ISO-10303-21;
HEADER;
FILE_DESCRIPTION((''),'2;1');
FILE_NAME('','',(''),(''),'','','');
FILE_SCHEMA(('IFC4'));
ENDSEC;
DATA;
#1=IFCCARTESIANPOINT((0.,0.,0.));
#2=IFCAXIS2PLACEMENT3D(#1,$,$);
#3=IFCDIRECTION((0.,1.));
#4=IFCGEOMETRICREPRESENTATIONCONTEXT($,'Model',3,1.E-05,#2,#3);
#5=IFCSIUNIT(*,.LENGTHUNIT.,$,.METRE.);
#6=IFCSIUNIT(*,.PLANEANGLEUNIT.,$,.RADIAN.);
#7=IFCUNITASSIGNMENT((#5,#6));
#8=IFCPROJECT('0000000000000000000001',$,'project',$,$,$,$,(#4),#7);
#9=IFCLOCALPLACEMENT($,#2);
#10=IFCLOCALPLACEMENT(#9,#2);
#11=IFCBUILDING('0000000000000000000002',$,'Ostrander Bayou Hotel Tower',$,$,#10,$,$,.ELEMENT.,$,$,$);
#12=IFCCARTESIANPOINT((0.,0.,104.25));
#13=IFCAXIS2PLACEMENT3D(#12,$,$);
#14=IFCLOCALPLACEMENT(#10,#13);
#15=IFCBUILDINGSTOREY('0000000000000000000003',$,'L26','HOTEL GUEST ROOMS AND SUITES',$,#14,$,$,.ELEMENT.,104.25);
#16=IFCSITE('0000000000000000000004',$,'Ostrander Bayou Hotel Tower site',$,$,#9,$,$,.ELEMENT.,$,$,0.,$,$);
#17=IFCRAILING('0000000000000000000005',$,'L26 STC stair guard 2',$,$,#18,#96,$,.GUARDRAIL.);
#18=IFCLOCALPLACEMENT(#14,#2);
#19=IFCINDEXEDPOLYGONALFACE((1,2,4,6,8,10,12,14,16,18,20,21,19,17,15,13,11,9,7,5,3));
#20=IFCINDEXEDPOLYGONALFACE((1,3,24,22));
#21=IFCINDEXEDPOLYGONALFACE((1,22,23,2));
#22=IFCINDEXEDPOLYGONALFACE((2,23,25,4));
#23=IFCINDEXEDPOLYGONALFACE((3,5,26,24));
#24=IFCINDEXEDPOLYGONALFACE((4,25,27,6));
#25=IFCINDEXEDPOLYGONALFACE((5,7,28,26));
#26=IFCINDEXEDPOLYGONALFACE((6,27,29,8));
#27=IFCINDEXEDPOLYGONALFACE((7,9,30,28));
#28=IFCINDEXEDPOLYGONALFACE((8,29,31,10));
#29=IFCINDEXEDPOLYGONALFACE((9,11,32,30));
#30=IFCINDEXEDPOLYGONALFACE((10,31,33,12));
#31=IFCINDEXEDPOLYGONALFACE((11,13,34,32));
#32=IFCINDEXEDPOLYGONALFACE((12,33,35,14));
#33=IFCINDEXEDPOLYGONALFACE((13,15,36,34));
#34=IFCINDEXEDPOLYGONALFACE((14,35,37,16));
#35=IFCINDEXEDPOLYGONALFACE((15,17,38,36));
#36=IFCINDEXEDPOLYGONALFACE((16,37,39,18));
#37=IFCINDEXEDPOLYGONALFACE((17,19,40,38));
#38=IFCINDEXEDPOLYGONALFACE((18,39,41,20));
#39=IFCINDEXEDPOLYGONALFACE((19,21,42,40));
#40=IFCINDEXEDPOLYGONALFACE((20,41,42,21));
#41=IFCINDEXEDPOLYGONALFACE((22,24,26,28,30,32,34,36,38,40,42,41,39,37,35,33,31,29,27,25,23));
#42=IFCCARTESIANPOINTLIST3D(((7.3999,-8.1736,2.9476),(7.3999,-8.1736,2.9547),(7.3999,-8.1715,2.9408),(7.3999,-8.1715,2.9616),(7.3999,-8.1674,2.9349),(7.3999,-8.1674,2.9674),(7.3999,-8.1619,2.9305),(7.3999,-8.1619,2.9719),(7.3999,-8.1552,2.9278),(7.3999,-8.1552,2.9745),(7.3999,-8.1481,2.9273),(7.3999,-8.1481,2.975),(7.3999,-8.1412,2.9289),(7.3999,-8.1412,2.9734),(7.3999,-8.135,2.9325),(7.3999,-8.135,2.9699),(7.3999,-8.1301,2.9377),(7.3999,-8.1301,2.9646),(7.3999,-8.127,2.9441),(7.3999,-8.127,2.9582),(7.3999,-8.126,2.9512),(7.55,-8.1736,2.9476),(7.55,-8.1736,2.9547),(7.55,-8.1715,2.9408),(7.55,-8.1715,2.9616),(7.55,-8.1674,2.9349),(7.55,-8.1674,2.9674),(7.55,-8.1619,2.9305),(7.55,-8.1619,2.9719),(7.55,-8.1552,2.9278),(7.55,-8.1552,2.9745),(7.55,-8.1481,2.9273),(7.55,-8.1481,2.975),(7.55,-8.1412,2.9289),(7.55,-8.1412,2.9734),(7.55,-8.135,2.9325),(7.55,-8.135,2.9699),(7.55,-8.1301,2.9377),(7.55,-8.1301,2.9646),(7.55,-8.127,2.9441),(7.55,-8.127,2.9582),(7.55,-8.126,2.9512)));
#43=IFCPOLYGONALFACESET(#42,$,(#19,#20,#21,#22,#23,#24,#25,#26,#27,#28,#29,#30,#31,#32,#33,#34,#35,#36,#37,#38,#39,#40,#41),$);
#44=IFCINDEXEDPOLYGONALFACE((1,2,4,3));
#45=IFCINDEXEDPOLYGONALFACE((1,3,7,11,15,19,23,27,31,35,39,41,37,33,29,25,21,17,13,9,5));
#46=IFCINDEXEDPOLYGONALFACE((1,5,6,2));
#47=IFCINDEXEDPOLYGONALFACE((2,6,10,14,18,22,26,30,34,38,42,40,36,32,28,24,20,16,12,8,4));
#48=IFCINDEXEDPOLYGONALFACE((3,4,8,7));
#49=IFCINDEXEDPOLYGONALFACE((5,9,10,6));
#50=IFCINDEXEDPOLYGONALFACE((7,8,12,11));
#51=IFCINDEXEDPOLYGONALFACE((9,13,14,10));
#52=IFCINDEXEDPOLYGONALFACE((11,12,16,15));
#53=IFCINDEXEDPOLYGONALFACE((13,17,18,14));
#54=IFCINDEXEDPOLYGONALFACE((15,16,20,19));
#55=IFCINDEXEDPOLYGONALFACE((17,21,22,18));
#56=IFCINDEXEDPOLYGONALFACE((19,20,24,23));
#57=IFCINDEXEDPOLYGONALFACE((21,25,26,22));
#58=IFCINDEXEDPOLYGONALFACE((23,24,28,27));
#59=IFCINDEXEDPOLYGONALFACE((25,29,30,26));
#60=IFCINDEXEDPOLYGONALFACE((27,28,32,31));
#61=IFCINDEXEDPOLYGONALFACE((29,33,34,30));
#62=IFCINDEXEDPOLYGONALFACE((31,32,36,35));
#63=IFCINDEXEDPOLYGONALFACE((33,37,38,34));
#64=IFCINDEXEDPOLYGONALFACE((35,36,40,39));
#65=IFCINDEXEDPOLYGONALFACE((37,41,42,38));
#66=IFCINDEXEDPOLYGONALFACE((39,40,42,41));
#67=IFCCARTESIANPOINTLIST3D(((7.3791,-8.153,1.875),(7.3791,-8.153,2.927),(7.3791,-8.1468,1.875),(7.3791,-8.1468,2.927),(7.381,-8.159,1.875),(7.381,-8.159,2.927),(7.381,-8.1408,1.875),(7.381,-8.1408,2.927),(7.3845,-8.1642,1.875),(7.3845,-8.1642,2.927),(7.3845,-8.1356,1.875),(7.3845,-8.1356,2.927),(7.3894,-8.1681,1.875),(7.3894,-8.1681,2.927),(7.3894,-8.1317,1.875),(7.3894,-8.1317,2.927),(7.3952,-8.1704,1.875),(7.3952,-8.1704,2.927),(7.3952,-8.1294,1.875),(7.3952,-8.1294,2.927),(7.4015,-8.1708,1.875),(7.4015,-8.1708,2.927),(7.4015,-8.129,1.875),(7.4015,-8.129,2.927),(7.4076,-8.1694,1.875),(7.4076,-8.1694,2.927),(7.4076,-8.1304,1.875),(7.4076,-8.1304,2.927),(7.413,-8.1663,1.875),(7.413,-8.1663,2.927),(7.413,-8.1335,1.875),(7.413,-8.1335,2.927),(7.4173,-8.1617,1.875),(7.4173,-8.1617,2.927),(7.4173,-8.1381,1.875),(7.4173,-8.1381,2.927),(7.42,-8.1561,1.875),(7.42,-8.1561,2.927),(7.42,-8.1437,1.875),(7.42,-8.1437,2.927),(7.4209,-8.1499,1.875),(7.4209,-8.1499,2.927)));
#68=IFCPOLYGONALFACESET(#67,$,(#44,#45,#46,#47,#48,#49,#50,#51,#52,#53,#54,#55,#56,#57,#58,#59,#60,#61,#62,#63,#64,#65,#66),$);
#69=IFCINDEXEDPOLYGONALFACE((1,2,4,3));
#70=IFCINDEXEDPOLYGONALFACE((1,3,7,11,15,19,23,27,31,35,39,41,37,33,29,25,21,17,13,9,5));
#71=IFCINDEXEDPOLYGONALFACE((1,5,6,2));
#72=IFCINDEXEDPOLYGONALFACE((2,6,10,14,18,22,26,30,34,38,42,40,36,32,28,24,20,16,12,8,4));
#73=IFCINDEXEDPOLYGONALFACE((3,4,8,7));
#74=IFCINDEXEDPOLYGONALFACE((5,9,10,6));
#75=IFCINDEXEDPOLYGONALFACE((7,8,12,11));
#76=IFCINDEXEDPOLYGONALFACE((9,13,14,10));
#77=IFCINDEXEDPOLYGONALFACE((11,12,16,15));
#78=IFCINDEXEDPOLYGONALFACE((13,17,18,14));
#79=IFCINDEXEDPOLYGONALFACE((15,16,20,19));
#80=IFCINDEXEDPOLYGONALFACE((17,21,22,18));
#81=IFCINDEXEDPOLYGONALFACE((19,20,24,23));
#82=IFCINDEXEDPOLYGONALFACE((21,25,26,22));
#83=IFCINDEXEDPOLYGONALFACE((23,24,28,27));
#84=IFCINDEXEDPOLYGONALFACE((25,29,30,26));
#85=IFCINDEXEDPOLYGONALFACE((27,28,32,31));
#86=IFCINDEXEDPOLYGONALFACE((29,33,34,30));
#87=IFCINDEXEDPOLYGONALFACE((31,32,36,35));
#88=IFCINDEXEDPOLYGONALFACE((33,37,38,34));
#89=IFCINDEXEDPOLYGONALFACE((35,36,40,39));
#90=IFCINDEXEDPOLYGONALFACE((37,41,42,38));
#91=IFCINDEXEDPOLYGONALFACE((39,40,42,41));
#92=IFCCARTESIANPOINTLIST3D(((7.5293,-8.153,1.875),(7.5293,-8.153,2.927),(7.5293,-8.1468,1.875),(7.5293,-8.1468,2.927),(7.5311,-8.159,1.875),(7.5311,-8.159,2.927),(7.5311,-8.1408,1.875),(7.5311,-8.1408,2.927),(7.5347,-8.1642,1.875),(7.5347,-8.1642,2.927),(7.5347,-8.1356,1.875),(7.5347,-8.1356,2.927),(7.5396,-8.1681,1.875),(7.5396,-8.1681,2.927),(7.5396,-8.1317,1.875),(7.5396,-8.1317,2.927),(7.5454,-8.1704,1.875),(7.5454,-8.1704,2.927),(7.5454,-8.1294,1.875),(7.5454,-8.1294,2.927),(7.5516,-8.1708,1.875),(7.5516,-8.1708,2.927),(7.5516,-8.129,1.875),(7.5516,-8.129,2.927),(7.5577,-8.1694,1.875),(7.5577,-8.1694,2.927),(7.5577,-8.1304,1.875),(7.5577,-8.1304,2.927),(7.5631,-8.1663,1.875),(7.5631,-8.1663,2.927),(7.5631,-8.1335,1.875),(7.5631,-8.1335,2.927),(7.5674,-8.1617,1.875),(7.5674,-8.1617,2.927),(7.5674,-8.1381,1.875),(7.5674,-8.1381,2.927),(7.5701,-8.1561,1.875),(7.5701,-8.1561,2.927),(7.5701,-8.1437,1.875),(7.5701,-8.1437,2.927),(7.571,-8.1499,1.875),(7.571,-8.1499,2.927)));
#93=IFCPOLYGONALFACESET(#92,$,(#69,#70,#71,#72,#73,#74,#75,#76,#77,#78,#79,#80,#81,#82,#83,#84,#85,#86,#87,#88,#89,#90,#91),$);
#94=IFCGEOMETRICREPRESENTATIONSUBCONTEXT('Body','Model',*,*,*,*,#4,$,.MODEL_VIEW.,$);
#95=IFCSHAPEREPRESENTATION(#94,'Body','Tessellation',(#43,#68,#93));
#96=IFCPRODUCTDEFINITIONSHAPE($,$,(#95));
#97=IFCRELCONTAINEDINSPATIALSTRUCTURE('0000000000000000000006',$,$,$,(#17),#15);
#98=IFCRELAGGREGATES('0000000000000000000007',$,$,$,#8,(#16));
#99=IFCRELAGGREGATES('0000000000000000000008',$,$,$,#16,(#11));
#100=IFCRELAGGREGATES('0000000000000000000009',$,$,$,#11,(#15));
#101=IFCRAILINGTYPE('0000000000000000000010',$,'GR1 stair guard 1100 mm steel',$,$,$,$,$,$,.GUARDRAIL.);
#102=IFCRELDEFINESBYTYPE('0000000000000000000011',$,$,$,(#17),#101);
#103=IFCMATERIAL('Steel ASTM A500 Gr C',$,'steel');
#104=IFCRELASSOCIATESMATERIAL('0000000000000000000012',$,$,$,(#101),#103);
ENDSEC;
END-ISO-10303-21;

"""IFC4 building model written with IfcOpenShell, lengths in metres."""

from ifc_helpers import new_model, si_unit, direction, frame, origin, origin_2d, place, context, subcontext, project, spatial, circle, extrude, material, type_object, element, save


model = new_model("IFC4")

# Units and contexts
model_context = context("Model", 3, precision=1e-05, world=origin(), true_north=direction((0.0, 1.0)))
body_context = subcontext(model_context, "Body", "Model", "MODEL_VIEW")
ifc_project = project(units=[si_unit("LENGTHUNIT", "METRE"), si_unit("PLANEANGLEUNIT", "RADIAN")], contexts=[model_context])

# Site, building, storey
site_placement = place(None, origin())
site = spatial("IfcSite", under=ifc_project, at=site_placement, Name="Ostrander Bayou Hotel Tower site", CompositionType="ELEMENT", RefElevation=0.0)
building_placement = place(site_placement, origin())
building = spatial("IfcBuilding", under=site, at=building_placement, Name="Ostrander Bayou Hotel Tower", CompositionType="ELEMENT")
storey_placement = place(building_placement, frame((0.0, 0.0, 104.25)))
storey = spatial("IfcBuildingStorey", under=building, at=storey_placement, Name="L26", Description="HOTEL GUEST ROOMS AND SUITES", CompositionType="ELEMENT", Elevation=104.25)

# Railing
ifc_material_1 = material(Name="Steel ASTM A500 Gr C", Category="steel")
railing_type_1 = type_object("IfcRailingType", Name="GR1 stair guard 1100 mm steel", PredefinedType="GUARDRAIL", material=ifc_material_1)
railing_1_placement = place(storey_placement, frame((7.3999, -8.1499, 1.875)))
element("IfcRailing", 1, at=railing_1_placement, inside=storey, type_object=railing_type_1, Name="L26 STC stair guard 2", PredefinedType="GUARDRAIL", context=body_context, shape_type="SweptSolid", body=[
    extrude(circle(Radius=0.0239, at=origin_2d()), frame((0.0, 0.0, 1.0762), z_axis=(1.0, 0.0, 0.0), x_axis=(0.0, 1.0, 0.0)), (0.0, 0.0, 1.0), 0.1501),
    extrude(circle(Radius=0.021, at=origin_2d()), origin(), (0.0, 0.0, 1.0), 1.052),
    extrude(circle(Radius=0.021, at=origin_2d()), frame((0.1501, 0.0, 0.0)), (0.0, 0.0, 1.0), 1.052),
])

save(model, "model.ifc")
